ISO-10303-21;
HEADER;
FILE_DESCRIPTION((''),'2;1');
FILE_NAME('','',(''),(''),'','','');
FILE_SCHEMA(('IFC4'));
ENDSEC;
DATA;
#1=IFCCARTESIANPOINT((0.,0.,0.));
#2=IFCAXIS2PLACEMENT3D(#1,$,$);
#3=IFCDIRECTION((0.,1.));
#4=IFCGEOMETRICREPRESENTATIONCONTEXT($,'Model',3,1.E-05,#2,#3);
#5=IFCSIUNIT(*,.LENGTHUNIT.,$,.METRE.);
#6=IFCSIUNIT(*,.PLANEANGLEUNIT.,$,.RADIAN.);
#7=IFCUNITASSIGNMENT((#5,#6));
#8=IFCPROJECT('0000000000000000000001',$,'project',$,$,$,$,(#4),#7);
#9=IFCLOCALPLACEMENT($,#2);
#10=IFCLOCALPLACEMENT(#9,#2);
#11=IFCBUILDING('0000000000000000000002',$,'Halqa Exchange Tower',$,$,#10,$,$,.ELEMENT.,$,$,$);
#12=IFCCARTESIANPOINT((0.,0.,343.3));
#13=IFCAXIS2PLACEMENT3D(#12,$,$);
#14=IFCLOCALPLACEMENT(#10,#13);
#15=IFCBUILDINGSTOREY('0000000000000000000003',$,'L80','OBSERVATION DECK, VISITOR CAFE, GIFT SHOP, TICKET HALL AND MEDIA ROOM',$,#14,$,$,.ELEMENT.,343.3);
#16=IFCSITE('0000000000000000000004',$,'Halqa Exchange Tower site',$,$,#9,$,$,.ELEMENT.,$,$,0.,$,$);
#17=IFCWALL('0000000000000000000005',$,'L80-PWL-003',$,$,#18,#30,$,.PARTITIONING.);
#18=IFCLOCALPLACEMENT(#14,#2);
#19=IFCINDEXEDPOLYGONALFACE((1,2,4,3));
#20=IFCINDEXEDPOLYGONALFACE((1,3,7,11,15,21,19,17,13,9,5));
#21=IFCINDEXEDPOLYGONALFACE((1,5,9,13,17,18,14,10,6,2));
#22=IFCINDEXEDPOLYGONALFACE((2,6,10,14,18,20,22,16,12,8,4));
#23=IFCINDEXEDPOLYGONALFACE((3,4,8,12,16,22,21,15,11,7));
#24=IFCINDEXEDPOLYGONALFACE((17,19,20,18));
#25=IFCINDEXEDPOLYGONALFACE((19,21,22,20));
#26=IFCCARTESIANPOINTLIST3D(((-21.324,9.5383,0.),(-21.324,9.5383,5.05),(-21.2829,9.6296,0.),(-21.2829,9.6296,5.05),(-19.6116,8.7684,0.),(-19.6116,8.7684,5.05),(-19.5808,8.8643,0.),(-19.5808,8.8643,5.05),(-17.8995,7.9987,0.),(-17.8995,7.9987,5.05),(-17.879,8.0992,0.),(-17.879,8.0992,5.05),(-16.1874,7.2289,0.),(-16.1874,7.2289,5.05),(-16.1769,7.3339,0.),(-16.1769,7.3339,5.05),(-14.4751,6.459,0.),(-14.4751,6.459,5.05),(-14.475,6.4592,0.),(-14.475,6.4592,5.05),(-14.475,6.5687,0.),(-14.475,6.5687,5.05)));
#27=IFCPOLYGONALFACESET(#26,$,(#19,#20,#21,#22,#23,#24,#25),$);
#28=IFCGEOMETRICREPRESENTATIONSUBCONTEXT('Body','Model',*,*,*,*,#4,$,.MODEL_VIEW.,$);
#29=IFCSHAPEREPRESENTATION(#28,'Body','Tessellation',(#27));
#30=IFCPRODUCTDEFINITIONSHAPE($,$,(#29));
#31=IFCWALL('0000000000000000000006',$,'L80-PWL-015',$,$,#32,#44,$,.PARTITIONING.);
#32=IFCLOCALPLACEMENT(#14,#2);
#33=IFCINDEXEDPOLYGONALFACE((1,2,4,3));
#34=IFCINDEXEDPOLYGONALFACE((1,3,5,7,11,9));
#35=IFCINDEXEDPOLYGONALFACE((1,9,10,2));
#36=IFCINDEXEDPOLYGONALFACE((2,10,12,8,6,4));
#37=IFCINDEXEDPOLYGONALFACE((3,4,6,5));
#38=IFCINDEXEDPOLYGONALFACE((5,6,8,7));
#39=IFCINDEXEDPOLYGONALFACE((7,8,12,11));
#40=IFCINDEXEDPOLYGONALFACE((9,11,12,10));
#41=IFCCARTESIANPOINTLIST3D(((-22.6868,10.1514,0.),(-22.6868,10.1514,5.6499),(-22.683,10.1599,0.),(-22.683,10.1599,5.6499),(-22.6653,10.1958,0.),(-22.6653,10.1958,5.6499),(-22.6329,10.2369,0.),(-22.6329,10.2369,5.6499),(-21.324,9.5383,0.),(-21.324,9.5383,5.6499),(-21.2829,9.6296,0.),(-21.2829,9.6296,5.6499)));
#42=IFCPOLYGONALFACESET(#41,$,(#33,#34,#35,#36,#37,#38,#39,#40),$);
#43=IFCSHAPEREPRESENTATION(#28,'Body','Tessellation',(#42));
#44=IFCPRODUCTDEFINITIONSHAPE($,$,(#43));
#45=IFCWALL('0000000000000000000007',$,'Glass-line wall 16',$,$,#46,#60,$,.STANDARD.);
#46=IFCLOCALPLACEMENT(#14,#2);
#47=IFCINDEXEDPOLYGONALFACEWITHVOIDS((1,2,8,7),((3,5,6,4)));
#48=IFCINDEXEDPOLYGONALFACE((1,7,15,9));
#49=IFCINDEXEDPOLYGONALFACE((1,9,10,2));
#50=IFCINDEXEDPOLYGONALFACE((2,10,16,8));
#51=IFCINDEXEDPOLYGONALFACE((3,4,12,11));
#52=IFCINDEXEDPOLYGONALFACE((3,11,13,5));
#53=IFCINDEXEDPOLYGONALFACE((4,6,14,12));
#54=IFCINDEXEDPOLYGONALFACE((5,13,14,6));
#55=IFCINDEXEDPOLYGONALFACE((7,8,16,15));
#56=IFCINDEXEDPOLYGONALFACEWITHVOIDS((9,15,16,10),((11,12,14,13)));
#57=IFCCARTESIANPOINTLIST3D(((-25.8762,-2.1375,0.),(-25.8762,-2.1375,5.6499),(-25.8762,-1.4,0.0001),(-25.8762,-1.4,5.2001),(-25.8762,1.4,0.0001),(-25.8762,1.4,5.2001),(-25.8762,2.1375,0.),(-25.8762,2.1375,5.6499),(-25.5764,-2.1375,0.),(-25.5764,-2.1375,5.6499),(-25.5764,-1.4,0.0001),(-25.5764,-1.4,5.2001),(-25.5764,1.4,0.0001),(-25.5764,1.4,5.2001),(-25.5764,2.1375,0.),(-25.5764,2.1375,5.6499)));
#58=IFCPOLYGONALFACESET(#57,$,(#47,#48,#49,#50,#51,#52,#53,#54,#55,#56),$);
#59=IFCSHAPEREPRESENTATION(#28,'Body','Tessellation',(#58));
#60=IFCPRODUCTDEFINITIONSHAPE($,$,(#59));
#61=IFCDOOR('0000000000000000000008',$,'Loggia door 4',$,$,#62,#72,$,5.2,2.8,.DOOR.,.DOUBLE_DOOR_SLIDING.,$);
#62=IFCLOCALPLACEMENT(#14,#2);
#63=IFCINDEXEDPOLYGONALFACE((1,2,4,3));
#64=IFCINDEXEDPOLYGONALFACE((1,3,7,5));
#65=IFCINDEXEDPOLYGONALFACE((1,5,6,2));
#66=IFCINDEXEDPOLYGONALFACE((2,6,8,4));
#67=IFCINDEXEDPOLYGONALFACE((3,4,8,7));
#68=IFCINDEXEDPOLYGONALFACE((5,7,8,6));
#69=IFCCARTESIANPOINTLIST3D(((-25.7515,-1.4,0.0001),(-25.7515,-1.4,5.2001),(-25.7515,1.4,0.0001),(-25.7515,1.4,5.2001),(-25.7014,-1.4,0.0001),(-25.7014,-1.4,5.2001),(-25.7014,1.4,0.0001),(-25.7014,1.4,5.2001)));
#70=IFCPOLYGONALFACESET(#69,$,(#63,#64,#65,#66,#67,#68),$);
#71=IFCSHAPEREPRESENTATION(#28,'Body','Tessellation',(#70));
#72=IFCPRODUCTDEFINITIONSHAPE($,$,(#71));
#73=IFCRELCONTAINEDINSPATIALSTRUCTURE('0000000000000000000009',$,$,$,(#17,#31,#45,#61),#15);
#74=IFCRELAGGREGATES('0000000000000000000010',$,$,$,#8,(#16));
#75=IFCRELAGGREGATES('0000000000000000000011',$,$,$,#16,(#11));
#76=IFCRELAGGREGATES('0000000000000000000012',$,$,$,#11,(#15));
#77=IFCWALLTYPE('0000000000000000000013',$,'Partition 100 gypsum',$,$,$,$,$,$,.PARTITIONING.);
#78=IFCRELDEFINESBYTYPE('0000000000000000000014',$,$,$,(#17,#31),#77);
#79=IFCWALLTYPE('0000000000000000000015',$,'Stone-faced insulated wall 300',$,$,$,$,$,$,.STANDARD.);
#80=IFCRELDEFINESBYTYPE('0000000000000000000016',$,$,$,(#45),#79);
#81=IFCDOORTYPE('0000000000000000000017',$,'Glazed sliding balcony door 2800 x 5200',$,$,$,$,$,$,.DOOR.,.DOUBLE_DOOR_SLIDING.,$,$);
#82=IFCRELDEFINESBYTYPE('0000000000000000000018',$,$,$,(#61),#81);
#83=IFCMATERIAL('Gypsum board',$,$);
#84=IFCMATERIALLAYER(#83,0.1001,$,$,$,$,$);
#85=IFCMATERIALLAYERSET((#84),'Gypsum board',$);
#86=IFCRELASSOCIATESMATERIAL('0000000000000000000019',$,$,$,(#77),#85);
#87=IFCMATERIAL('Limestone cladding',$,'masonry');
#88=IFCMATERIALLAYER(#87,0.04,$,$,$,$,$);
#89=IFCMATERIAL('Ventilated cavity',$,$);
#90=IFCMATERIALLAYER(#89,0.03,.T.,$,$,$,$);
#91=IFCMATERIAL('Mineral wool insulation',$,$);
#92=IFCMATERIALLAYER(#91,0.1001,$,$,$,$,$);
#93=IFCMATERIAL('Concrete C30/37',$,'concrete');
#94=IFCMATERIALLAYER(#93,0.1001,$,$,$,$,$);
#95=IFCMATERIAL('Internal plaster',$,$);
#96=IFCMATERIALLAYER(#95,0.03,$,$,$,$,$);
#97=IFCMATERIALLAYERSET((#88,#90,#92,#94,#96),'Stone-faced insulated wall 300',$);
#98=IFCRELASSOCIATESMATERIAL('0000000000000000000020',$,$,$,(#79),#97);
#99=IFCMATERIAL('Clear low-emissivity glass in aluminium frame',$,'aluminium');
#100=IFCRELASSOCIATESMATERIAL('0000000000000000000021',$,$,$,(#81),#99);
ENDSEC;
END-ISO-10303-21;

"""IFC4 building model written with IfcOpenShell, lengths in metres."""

from ifc_helpers import new_model, si_unit, direction, frame, frame_2d, origin, place, context, subcontext, project, spatial, polyline, rectangle, outline, extrude, material, layer, layer_set, type_object, element, fill, save


model = new_model("IFC4")

# Units and contexts
model_context = context("Model", 3, precision=1e-05, world=origin(), true_north=direction((0.0, 1.0)))
body_context = subcontext(model_context, "Body", "Model", "MODEL_VIEW")
ifc_project = project(units=[si_unit("LENGTHUNIT", "METRE"), si_unit("PLANEANGLEUNIT", "RADIAN")], contexts=[model_context])

# Site, building, storey
site_placement = place(None, origin())
site = spatial("IfcSite", under=ifc_project, at=site_placement, Name="Halqa Exchange Tower site", CompositionType="ELEMENT", RefElevation=0.0)
building_placement = place(site_placement, origin())
building = spatial("IfcBuilding", under=site, at=building_placement, Name="Halqa Exchange Tower", CompositionType="ELEMENT")
storey_placement = place(building_placement, frame((0.0, 0.0, 343.3)))
storey = spatial("IfcBuildingStorey", under=building, at=storey_placement, Name="L80", Description="OBSERVATION DECK, VISITOR CAFE, GIFT SHOP, TICKET HALL AND MEDIA ROOM", CompositionType="ELEMENT", Elevation=343.3)

# Walls
ifc_material_1 = material(Name="Gypsum board")
ifc_layer_1 = layer(ifc_material_1, 0.1001)
ifc_layer_set_1 = layer_set([ifc_layer_1], Name="Gypsum board")
wall_type_1 = type_object("IfcWallType", Name="Partition 100 gypsum", PredefinedType="PARTITIONING", material=ifc_layer_set_1)
wall_1_placement = place(storey_placement, frame((-14.4546, 6.5046, 0.0), z_axis=(0.0, 0.0, 1.0), x_axis=(-0.912053, 0.410071, 0.0)))
element("IfcWall", 1, at=wall_1_placement, inside=storey, type_object=wall_type_1, Name="L80-PWL-003", PredefinedType="PARTITIONING", context=body_context, shape_type="SweptSolid", body=[
    extrude(outline(polyline([(0.0, 0.05), (0.0, 0.0498), (0.0449, -0.05), (1.9109, -0.05), (3.7771, -0.05), (5.6431, -0.05), (7.5093, -0.05), (7.5093, 0.05), (5.6318, 0.05), (3.7546, 0.05), (1.8774, 0.05), (0.0, 0.05)])), origin(), (0.0, 0.0, 1.0), 5.05),
])
wall_2_placement = place(storey_placement, frame((-21.3035, 9.584, 0.0), z_axis=(0.0, 0.0, 1.0), x_axis=(-0.911977, 0.410242, 0.0)))
element("IfcWall", 2, at=wall_2_placement, inside=storey, type_object=wall_type_1, Name="L80-PWL-015", PredefinedType="PARTITIONING", context=body_context, shape_type="SweptSolid", body=[
    extrude(outline(polyline([(0.0, -0.05), (1.4802, -0.05), (1.4929, 0.0007), (1.4944, 0.0408), (1.4944, 0.05), (0.0, 0.05), (0.0, -0.05)])), origin(), (0.0, 0.0, 1.0), 5.6499),
])

# Wall, opening, door
ifc_material_2 = material(Name="Limestone cladding", Category="masonry")
ifc_layer_2 = layer(ifc_material_2, 0.04)
ifc_material_3 = material(Name="Ventilated cavity")
ifc_layer_3 = layer(ifc_material_3, 0.03, ventilated=True)
ifc_material_4 = material(Name="Mineral wool insulation")
ifc_layer_4 = layer(ifc_material_4, 0.1001)
ifc_material_5 = material(Name="Concrete C30/37", Category="concrete")
ifc_layer_5 = layer(ifc_material_5, 0.1001)
ifc_material_6 = material(Name="Internal plaster")
ifc_layer_6 = layer(ifc_material_6, 0.03)
ifc_layer_set_2 = layer_set([ifc_layer_2, ifc_layer_3, ifc_layer_4, ifc_layer_5, ifc_layer_6], Name="Stone-faced insulated wall 300")
wall_type_2 = type_object("IfcWallType", Name="Stone-faced insulated wall 300", PredefinedType="STANDARD", material=ifc_layer_set_2)
wall_3_placement = place(storey_placement, frame((-25.7263, 2.1375, 0.0), z_axis=(0.0, 0.0, 1.0), x_axis=(0.0, -1.0, 0.0)))
wall_3 = element("IfcWall", 3, at=wall_3_placement, inside=storey, type_object=wall_type_2, Name="Glass-line wall 16", PredefinedType="STANDARD", context=body_context, shape_type="SweptSolid", body=[
    extrude(outline(polyline([(0.0, -0.1499), (4.2749, -0.1499), (4.2749, 0.1499), (0.0, 0.1499), (0.0, -0.1499)])), origin(), (0.0, 0.0, 1.0), 5.6499),
])
opening_placement = place(wall_3_placement, frame((0.7375, 0.0, 0.0)))
opening = element("IfcOpeningElement", 4, at=opening_placement, cuts=wall_3, PredefinedType="OPENING", context=body_context, shape_type="SweptSolid", body=[
    extrude(rectangle(XDim=2.8, YDim=5.2, at=frame_2d((1.3999, 2.6001))), frame((0.0, 0.1621, 0.0), z_axis=(0.0, -1.0, 0.0), x_axis=(1.0, 0.0, 0.0)), (0.0, 0.0, 1.0), 0.324),
])
ifc_material_7 = material(Name="Clear low-emissivity glass in aluminium frame", Category="aluminium")
door_type = type_object("IfcDoorType", Name="Glazed sliding balcony door 2800 x 5200", OperationType="DOUBLE_DOOR_SLIDING", PredefinedType="DOOR", material=ifc_material_7)
door_placement = place(opening_placement, origin())
door = element("IfcDoor", 5, at=door_placement, inside=storey, type_object=door_type, Name="Loggia door 4", OperationType="DOUBLE_DOOR_SLIDING", OverallHeight=5.2, OverallWidth=2.8, PredefinedType="DOOR", context=body_context, shape_type="SweptSolid", body=[
    extrude(rectangle(XDim=2.8, YDim=5.2, at=frame_2d((1.3999, 2.6001))), frame((0.0, 0.0249, 0.0), z_axis=(0.0, -1.0, 0.0), x_axis=(1.0, 0.0, 0.0)), (0.0, 0.0, 1.0), 0.05),
])
fill(opening, door)

save(model, "model.ifc")
